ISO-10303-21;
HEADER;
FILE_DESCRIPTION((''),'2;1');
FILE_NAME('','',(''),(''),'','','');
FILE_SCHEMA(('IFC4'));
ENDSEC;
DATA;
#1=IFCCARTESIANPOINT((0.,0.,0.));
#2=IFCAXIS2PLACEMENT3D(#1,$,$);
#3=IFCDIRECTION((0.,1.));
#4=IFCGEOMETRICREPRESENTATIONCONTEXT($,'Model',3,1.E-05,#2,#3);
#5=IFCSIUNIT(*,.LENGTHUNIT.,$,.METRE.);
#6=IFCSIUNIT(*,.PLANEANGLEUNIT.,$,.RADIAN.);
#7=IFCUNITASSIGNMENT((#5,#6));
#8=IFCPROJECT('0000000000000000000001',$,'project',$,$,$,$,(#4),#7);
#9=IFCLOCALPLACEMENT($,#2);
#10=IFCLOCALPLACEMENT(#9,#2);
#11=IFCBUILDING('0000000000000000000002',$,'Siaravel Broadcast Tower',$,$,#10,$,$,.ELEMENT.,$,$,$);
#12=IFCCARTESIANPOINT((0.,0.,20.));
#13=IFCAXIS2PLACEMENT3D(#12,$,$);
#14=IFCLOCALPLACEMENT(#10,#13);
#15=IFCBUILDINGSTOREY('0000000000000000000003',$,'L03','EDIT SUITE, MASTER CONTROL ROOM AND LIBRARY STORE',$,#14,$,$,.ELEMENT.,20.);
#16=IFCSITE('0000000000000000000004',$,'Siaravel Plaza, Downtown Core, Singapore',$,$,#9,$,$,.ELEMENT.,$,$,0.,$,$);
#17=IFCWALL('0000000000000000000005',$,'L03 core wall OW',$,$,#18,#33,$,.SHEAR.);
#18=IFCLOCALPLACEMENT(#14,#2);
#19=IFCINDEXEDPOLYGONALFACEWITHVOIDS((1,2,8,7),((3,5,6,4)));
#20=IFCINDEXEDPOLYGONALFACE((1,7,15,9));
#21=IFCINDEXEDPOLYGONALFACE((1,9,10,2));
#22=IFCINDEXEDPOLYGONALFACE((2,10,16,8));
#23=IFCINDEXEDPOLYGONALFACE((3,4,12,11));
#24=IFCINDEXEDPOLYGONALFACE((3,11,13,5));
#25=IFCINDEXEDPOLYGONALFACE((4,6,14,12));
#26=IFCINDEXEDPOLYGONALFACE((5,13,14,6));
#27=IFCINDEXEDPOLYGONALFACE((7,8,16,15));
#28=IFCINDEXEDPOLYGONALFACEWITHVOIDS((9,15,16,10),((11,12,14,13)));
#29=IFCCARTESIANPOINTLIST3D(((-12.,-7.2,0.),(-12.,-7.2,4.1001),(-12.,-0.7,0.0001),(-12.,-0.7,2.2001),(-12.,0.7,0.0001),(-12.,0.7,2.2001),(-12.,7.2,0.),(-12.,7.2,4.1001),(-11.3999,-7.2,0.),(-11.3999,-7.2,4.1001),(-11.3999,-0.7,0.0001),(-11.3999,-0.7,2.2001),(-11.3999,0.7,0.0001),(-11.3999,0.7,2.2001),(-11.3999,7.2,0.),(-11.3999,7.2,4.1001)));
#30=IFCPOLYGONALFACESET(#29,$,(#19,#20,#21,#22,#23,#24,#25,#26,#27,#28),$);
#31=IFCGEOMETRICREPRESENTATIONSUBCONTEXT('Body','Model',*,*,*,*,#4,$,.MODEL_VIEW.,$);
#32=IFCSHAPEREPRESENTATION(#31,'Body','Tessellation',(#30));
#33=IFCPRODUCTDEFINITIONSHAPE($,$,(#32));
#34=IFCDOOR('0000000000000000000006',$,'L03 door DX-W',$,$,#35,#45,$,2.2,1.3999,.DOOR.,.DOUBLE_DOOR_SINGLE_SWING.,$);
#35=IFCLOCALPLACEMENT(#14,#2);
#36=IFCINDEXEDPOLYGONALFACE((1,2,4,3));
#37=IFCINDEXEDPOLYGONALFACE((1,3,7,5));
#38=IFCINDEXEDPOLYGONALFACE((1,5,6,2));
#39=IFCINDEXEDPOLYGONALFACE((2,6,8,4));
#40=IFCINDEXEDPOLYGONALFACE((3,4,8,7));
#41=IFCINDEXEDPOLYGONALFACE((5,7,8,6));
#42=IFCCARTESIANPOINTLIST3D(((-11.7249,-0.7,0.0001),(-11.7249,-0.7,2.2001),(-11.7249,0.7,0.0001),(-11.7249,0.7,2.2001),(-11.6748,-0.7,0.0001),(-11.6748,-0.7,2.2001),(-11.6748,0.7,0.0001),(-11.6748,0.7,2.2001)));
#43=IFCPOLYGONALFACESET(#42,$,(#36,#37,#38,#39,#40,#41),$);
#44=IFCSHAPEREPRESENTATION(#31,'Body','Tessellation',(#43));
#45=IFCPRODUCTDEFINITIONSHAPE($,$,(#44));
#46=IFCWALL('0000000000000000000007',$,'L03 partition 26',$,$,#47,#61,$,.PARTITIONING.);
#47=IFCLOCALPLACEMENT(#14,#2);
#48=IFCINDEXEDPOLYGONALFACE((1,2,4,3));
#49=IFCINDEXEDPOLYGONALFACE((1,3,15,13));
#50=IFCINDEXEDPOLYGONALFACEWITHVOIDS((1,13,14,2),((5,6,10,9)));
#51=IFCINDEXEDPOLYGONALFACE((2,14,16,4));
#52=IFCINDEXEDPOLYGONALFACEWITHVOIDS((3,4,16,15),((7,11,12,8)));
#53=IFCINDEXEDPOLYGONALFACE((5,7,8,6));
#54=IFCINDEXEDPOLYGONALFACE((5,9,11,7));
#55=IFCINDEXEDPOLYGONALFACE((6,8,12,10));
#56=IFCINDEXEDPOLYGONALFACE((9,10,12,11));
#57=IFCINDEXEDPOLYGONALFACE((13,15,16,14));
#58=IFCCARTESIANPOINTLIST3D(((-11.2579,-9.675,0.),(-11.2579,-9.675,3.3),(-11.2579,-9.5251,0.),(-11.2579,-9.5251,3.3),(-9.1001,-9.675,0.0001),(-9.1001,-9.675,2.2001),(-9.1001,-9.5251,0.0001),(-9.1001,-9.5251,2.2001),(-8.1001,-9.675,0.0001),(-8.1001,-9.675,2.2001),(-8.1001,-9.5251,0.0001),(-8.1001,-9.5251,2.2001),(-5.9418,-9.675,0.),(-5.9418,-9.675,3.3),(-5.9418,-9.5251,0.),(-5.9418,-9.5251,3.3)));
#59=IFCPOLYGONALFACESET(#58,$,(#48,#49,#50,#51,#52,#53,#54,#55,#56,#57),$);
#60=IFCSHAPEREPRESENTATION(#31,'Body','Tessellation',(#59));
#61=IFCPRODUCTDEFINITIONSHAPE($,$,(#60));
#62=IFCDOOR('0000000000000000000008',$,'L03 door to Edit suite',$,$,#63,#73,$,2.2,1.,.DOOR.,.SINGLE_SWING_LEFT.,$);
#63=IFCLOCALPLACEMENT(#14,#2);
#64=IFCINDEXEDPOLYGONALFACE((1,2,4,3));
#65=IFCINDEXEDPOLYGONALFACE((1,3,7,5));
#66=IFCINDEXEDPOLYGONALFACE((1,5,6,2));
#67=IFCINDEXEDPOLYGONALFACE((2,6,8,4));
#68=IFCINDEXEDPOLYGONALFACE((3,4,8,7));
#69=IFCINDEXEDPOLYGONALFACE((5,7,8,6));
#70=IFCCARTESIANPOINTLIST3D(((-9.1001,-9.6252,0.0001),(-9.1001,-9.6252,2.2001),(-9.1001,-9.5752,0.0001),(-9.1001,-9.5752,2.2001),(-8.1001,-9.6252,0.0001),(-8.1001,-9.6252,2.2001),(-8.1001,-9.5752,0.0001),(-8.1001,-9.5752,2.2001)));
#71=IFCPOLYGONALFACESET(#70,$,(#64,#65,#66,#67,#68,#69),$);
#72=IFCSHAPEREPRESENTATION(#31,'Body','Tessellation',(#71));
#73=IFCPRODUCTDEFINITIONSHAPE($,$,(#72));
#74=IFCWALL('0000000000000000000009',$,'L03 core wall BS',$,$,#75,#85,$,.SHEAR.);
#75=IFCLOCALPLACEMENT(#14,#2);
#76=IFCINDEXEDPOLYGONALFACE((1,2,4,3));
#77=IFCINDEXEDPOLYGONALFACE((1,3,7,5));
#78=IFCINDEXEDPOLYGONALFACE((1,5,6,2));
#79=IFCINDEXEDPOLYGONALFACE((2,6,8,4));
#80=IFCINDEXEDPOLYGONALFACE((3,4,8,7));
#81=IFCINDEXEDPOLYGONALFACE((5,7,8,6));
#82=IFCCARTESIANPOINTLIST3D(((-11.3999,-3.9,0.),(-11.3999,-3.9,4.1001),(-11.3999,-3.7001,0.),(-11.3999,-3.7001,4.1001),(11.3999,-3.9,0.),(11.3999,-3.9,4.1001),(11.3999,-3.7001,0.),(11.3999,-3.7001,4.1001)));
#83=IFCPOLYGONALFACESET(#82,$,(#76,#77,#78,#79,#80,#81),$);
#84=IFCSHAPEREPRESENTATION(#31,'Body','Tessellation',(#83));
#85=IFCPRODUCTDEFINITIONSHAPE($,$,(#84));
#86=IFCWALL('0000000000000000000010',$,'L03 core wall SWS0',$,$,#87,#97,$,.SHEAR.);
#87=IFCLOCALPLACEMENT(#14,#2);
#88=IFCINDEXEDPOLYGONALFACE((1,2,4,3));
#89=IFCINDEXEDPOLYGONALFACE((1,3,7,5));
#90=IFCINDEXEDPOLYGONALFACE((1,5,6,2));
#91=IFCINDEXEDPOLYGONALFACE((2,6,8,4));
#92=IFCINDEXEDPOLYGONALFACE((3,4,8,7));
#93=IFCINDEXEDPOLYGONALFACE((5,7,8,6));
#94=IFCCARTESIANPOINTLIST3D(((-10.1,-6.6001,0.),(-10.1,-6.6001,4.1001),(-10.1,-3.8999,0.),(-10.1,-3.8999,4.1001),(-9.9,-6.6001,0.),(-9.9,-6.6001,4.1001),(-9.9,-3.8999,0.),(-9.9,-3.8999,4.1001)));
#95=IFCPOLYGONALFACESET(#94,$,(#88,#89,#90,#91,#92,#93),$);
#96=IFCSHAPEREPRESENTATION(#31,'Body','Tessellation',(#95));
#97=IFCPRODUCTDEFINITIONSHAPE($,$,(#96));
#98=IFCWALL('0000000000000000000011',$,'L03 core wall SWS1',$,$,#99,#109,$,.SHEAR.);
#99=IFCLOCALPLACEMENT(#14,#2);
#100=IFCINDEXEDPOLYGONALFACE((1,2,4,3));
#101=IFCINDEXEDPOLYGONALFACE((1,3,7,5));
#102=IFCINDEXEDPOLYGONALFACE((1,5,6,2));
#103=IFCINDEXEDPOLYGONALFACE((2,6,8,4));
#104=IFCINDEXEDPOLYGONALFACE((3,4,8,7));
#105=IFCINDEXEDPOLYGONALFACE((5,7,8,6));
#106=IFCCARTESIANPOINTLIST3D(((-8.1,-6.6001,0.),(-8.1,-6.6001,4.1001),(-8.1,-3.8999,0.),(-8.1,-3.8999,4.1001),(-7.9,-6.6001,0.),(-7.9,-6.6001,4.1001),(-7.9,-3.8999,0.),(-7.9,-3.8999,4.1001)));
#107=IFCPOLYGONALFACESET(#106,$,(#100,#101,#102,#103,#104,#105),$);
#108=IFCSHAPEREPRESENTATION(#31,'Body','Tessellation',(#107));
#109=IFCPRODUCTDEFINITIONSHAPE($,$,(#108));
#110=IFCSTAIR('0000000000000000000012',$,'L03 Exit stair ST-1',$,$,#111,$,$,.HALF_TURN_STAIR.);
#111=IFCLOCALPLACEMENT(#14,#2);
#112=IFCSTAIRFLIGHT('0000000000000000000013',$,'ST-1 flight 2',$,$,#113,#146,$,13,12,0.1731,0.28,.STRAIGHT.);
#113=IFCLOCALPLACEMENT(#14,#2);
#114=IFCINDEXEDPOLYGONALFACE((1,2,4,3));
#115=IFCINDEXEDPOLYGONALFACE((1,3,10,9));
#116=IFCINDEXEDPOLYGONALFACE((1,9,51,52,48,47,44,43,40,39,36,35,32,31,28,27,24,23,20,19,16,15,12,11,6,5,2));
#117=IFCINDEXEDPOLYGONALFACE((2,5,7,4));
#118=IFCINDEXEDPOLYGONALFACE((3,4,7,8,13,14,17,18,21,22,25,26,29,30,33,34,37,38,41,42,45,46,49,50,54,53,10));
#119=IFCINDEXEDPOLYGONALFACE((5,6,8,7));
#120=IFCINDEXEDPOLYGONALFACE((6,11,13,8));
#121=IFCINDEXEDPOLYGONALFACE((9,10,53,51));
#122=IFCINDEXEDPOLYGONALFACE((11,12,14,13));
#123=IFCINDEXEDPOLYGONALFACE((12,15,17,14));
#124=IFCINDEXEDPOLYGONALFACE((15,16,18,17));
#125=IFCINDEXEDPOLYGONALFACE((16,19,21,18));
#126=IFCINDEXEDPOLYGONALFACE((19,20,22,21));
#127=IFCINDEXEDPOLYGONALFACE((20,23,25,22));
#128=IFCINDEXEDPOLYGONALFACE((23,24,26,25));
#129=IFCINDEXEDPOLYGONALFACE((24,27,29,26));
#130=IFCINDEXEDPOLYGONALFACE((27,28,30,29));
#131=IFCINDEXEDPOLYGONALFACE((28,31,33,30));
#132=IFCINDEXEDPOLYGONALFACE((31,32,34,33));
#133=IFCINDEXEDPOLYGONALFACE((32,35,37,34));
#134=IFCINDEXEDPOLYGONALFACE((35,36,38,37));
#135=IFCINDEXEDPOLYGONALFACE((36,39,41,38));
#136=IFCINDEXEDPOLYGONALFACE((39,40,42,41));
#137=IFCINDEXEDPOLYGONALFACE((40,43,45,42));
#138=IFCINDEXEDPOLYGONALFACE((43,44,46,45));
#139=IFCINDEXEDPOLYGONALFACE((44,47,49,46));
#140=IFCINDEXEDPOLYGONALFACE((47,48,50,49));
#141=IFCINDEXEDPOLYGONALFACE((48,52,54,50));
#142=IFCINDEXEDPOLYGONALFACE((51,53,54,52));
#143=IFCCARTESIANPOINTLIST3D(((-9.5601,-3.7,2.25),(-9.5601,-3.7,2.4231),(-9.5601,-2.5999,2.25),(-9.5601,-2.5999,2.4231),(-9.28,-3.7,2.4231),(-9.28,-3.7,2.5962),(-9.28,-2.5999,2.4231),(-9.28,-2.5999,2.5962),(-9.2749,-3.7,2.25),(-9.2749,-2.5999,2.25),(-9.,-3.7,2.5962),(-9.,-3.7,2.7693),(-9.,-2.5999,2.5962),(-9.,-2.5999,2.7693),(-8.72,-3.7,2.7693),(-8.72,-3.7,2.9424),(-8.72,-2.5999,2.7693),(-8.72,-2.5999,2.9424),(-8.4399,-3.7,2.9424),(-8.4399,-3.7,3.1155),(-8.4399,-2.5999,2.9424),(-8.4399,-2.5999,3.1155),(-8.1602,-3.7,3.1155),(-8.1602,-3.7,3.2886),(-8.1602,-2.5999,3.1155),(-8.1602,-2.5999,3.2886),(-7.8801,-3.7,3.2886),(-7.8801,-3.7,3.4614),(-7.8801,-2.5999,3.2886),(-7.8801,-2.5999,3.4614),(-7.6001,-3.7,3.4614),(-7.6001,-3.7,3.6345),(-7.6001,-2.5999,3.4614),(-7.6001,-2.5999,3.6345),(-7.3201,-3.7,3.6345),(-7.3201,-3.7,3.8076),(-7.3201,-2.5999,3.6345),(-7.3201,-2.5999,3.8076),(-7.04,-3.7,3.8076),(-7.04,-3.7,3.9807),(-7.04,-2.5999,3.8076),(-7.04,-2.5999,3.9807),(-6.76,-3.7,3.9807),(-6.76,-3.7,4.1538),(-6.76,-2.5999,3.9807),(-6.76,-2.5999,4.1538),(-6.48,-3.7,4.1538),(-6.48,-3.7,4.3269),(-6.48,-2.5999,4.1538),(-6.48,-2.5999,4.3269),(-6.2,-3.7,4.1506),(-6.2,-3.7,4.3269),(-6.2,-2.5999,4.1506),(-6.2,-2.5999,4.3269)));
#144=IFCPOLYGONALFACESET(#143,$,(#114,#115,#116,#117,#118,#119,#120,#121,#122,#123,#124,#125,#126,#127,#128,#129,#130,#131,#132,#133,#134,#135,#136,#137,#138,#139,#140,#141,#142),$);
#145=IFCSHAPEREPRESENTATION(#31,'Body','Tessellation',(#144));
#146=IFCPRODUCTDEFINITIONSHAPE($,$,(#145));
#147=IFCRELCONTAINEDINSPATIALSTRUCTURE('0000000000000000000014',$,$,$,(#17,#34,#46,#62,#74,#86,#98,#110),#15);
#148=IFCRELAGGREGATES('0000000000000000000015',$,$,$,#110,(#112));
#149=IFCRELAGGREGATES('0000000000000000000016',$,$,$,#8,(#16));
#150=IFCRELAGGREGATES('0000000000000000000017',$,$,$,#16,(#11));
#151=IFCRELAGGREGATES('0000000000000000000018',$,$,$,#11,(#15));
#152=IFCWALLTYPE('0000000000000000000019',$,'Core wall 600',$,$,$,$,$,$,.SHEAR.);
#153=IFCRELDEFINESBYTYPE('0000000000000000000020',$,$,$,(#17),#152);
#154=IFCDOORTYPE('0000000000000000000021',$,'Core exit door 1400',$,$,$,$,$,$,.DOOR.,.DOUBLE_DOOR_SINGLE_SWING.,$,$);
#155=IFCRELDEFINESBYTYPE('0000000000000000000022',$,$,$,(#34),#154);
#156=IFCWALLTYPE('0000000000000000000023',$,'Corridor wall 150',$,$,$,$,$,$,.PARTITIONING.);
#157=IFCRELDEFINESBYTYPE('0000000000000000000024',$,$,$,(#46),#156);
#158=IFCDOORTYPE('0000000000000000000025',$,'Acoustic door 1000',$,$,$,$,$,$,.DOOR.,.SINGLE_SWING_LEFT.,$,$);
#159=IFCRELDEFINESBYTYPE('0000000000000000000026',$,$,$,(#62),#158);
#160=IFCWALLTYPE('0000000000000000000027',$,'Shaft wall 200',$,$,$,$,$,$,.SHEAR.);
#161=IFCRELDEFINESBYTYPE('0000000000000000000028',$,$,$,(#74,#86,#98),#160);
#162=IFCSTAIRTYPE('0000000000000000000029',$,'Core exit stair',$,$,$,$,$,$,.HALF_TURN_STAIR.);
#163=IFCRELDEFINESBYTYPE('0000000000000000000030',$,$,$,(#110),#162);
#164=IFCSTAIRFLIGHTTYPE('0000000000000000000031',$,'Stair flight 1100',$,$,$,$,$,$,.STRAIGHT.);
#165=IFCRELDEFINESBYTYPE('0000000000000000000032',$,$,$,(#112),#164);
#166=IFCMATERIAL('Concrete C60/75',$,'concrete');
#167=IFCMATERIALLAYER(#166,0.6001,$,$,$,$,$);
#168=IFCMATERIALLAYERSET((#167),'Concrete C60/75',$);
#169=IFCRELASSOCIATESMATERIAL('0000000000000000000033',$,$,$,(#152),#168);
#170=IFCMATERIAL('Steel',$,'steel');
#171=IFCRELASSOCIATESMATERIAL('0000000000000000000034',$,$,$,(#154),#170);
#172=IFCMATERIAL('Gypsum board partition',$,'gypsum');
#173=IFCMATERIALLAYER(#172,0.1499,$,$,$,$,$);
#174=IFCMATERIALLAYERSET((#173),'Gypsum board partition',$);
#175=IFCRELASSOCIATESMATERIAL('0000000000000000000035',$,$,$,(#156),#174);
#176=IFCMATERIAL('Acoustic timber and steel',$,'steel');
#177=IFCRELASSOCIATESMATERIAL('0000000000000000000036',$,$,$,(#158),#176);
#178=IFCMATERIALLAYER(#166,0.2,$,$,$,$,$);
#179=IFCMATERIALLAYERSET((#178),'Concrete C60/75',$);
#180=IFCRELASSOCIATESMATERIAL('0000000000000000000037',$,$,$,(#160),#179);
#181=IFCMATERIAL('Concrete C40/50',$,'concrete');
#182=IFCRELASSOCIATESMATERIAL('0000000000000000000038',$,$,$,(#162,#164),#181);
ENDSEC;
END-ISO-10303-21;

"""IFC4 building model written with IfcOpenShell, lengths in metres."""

from ifc_helpers import new_model, si_unit, direction, frame, frame_2d, origin, place, context, subcontext, project, spatial, polyline, rectangle, outline, extrude, material, layer, layer_set, type_object, element, fill, aggregate, save


model = new_model("IFC4")

# Units and contexts
model_context = context("Model", 3, precision=1e-05, world=origin(), true_north=direction((0.0, 1.0)))
body_context = subcontext(model_context, "Body", "Model", "MODEL_VIEW")
ifc_project = project(units=[si_unit("LENGTHUNIT", "METRE"), si_unit("PLANEANGLEUNIT", "RADIAN")], contexts=[model_context])

# Site, building, storey
site_placement = place(None, origin())
site = spatial("IfcSite", under=ifc_project, at=site_placement, Name="Siaravel Plaza, Downtown Core, Singapore", CompositionType="ELEMENT", RefElevation=0.0)
building_placement = place(site_placement, origin())
building = spatial("IfcBuilding", under=site, at=building_placement, Name="Siaravel Broadcast Tower", CompositionType="ELEMENT")
storey_placement = place(building_placement, frame((0.0, 0.0, 20.0)))
storey = spatial("IfcBuildingStorey", under=building, at=storey_placement, Name="L03", Description="EDIT SUITE, MASTER CONTROL ROOM AND LIBRARY STORE", CompositionType="ELEMENT", Elevation=20.0)

# Wall, opening, door
ifc_material_1 = material(Name="Concrete C60/75", Category="concrete")
ifc_layer_1 = layer(ifc_material_1, 0.6001)
ifc_layer_set_1 = layer_set([ifc_layer_1], Name="Concrete C60/75")
wall_type_1 = type_object("IfcWallType", Name="Core wall 600", PredefinedType="SHEAR", material=ifc_layer_set_1)
wall_1_placement = place(storey_placement, frame((-11.7, -7.2, 0.0), z_axis=(0.0, 0.0, 1.0), x_axis=(0.0, 1.0, 0.0)))
wall_1 = element("IfcWall", 1, at=wall_1_placement, inside=storey, type_object=wall_type_1, Name="L03 core wall OW", PredefinedType="SHEAR", context=body_context, shape_type="SweptSolid", body=[
    extrude(rectangle(XDim=14.3999, YDim=0.6001, at=frame_2d((7.2, 0.0))), origin(), (0.0, 0.0, 1.0), 4.1001),
])
opening_1_placement = place(wall_1_placement, frame((6.5, 0.0, 0.0)))
opening_1 = element("IfcOpeningElement", 2, at=opening_1_placement, cuts=wall_1, PredefinedType="OPENING", context=body_context, shape_type="SweptSolid", body=[
    extrude(rectangle(XDim=1.3999, YDim=2.2, at=frame_2d((0.7, 1.1001))), frame((0.0, 0.3101, 0.0), z_axis=(0.0, -1.0, 0.0), x_axis=(1.0, 0.0, 0.0)), (0.0, 0.0, 1.0), 0.6201),
])
ifc_material_2 = material(Name="Steel", Category="steel")
door_type_1 = type_object("IfcDoorType", Name="Core exit door 1400", OperationType="DOUBLE_DOOR_SINGLE_SWING", PredefinedType="DOOR", material=ifc_material_2)
door_1_placement = place(opening_1_placement, origin())
door_1 = element("IfcDoor", 3, at=door_1_placement, inside=storey, type_object=door_type_1, Name="L03 door DX-W", OperationType="DOUBLE_DOOR_SINGLE_SWING", OverallHeight=2.2, OverallWidth=1.3999, PredefinedType="DOOR", context=body_context, shape_type="SweptSolid", body=[
    extrude(rectangle(XDim=1.3999, YDim=2.2, at=frame_2d((0.7, 1.1001))), frame((0.0, 0.0249, 0.0), z_axis=(0.0, -1.0, 0.0), x_axis=(1.0, 0.0, 0.0)), (0.0, 0.0, 1.0), 0.05),
])
fill(opening_1, door_1)

# Wall, opening, door
ifc_material_3 = material(Name="Gypsum board partition", Category="gypsum")
ifc_layer_2 = layer(ifc_material_3, 0.1499)
ifc_layer_set_2 = layer_set([ifc_layer_2], Name="Gypsum board partition")
wall_type_2 = type_object("IfcWallType", Name="Corridor wall 150", PredefinedType="PARTITIONING", material=ifc_layer_set_2)
wall_2_placement = place(storey_placement, frame((-11.2581, -9.6001, 0.0), z_axis=(0.0, 0.0, 1.0), x_axis=(1.0, 0.0, 0.0)))
wall_2 = element("IfcWall", 4, at=wall_2_placement, inside=storey, type_object=wall_type_2, Name="L03 partition 26", PredefinedType="PARTITIONING", context=body_context, shape_type="SweptSolid", body=[
    extrude(rectangle(XDim=5.3162, YDim=0.1499, at=frame_2d((2.6582, 0.0))), origin(), (0.0, 0.0, 1.0), 3.3),
])
opening_2_placement = place(wall_2_placement, frame((2.158, 0.0, 0.0)))
opening_2 = element("IfcOpeningElement", 5, at=opening_2_placement, cuts=wall_2, PredefinedType="OPENING", context=body_context, shape_type="SweptSolid", body=[
    extrude(rectangle(XDim=1.0, YDim=2.2, at=frame_2d((0.5, 1.1001))), frame((0.0, 0.085, 0.0), z_axis=(0.0, -1.0, 0.0), x_axis=(1.0, 0.0, 0.0)), (0.0, 0.0, 1.0), 0.1699),
])
ifc_material_4 = material(Name="Acoustic timber and steel", Category="steel")
door_type_2 = type_object("IfcDoorType", Name="Acoustic door 1000", OperationType="SINGLE_SWING_LEFT", PredefinedType="DOOR", material=ifc_material_4)
door_2_placement = place(opening_2_placement, origin())
door_2 = element("IfcDoor", 6, at=door_2_placement, inside=storey, type_object=door_type_2, Name="L03 door to Edit suite", OperationType="SINGLE_SWING_LEFT", OverallHeight=2.2, OverallWidth=1.0, PredefinedType="DOOR", context=body_context, shape_type="SweptSolid", body=[
    extrude(rectangle(XDim=1.0, YDim=2.2, at=frame_2d((0.5, 1.1001))), frame((0.0, 0.0249, 0.0), z_axis=(0.0, -1.0, 0.0), x_axis=(1.0, 0.0, 0.0)), (0.0, 0.0, 1.0), 0.05),
])
fill(opening_2, door_2)

# Walls
ifc_layer_3 = layer(ifc_material_1, 0.2)
ifc_layer_set_3 = layer_set([ifc_layer_3], Name="Concrete C60/75")
wall_type_3 = type_object("IfcWallType", Name="Shaft wall 200", PredefinedType="SHEAR", material=ifc_layer_set_3)
wall_3_placement = place(storey_placement, frame((-11.3999, -3.8, 0.0), z_axis=(0.0, 0.0, 1.0), x_axis=(1.0, 0.0, 0.0)))
element("IfcWall", 7, at=wall_3_placement, inside=storey, type_object=wall_type_3, Name="L03 core wall BS", PredefinedType="SHEAR", context=body_context, shape_type="SweptSolid", body=[
    extrude(rectangle(XDim=22.7998, YDim=0.2, at=frame_2d((11.3999, 0.0))), origin(), (0.0, 0.0, 1.0), 4.1001),
])
for number, where, z_axis, x_axis, name in (
    (8, (-10.0, -6.6001, 0.0), (0.0, 0.0, 1.0), (0.0, 1.0, 0.0), "L03 core wall SWS0"),
    (9, (-8.0, -6.6001, 0.0), (0.0, 0.0, 1.0), (0.0, 1.0, 0.0), "L03 core wall SWS1"),
):
    element("IfcWall", number, at=place(storey_placement, frame(where, z_axis=z_axis, x_axis=x_axis)), inside=storey, type_object=wall_type_3, Name=name, PredefinedType="SHEAR", context=body_context, shape_type="SweptSolid", body=[
        extrude(rectangle(XDim=2.7002, YDim=0.2, at=frame_2d((1.3501, 0.0))), origin(), (0.0, 0.0, 1.0), 4.1001),
    ])

# Stair, stair flight
ifc_material_5 = material(Name="Concrete C40/50", Category="concrete")
stair_type = type_object("IfcStairType", Name="Core exit stair", PredefinedType="HALF_TURN_STAIR", material=ifc_material_5)
stair_placement = place(storey_placement, origin())
stair = element("IfcStair", 10, at=stair_placement, inside=storey, type_object=stair_type, Name="L03 Exit stair ST-1", PredefinedType="HALF_TURN_STAIR")
stair_flight_type = type_object("IfcStairFlightType", Name="Stair flight 1100", PredefinedType="STRAIGHT", material=ifc_material_5)
stair_flight_placement = place(storey_placement, frame((-9.5601, -3.1499, 2.25), z_axis=(0.0, 0.0, 1.0), x_axis=(1.0, 0.0, 0.0)))
stair_flight = element("IfcStairFlight", 11, at=stair_flight_placement, type_object=stair_flight_type, Name="ST-1 flight 2", NumberOfRisers=13, NumberOfTreads=12, PredefinedType="STRAIGHT", RiserHeight=0.1731, TreadLength=0.28, context=body_context, shape_type="SweptSolid", body=[
    extrude(outline(polyline([(0.0, 0.0), (0.0, 0.1731), (0.28, 0.1731), (0.28, 0.3462), (0.5601, 0.3462), (0.5601, 0.5193), (0.8401, 0.5193), (0.8401, 0.6924), (1.1201, 0.6924), (1.1201, 0.8655), (1.3999, 0.8655), (1.3999, 1.0386), (1.6799, 1.0386), (1.6799, 1.2114), (1.96, 1.2114), (1.96, 1.3845), (2.24, 1.3845), (2.24, 1.5576), (2.52, 1.5576), (2.52, 1.7307), (2.8, 1.7307), (2.8, 1.9038), (3.0801, 1.9038), (3.0801, 2.0769), (3.3601, 2.0769), (3.3601, 2.25), (3.3601, 1.9006), (0.2852, 0.0), (0.0, 0.0)])), frame((0.0, 0.55, 0.0), z_axis=(0.0, -1.0, 0.0), x_axis=(1.0, 0.0, 0.0)), (0.0, 0.0, 1.0), 1.1001),
])
aggregate(stair, [stair_flight])

save(model, "model.ifc")
